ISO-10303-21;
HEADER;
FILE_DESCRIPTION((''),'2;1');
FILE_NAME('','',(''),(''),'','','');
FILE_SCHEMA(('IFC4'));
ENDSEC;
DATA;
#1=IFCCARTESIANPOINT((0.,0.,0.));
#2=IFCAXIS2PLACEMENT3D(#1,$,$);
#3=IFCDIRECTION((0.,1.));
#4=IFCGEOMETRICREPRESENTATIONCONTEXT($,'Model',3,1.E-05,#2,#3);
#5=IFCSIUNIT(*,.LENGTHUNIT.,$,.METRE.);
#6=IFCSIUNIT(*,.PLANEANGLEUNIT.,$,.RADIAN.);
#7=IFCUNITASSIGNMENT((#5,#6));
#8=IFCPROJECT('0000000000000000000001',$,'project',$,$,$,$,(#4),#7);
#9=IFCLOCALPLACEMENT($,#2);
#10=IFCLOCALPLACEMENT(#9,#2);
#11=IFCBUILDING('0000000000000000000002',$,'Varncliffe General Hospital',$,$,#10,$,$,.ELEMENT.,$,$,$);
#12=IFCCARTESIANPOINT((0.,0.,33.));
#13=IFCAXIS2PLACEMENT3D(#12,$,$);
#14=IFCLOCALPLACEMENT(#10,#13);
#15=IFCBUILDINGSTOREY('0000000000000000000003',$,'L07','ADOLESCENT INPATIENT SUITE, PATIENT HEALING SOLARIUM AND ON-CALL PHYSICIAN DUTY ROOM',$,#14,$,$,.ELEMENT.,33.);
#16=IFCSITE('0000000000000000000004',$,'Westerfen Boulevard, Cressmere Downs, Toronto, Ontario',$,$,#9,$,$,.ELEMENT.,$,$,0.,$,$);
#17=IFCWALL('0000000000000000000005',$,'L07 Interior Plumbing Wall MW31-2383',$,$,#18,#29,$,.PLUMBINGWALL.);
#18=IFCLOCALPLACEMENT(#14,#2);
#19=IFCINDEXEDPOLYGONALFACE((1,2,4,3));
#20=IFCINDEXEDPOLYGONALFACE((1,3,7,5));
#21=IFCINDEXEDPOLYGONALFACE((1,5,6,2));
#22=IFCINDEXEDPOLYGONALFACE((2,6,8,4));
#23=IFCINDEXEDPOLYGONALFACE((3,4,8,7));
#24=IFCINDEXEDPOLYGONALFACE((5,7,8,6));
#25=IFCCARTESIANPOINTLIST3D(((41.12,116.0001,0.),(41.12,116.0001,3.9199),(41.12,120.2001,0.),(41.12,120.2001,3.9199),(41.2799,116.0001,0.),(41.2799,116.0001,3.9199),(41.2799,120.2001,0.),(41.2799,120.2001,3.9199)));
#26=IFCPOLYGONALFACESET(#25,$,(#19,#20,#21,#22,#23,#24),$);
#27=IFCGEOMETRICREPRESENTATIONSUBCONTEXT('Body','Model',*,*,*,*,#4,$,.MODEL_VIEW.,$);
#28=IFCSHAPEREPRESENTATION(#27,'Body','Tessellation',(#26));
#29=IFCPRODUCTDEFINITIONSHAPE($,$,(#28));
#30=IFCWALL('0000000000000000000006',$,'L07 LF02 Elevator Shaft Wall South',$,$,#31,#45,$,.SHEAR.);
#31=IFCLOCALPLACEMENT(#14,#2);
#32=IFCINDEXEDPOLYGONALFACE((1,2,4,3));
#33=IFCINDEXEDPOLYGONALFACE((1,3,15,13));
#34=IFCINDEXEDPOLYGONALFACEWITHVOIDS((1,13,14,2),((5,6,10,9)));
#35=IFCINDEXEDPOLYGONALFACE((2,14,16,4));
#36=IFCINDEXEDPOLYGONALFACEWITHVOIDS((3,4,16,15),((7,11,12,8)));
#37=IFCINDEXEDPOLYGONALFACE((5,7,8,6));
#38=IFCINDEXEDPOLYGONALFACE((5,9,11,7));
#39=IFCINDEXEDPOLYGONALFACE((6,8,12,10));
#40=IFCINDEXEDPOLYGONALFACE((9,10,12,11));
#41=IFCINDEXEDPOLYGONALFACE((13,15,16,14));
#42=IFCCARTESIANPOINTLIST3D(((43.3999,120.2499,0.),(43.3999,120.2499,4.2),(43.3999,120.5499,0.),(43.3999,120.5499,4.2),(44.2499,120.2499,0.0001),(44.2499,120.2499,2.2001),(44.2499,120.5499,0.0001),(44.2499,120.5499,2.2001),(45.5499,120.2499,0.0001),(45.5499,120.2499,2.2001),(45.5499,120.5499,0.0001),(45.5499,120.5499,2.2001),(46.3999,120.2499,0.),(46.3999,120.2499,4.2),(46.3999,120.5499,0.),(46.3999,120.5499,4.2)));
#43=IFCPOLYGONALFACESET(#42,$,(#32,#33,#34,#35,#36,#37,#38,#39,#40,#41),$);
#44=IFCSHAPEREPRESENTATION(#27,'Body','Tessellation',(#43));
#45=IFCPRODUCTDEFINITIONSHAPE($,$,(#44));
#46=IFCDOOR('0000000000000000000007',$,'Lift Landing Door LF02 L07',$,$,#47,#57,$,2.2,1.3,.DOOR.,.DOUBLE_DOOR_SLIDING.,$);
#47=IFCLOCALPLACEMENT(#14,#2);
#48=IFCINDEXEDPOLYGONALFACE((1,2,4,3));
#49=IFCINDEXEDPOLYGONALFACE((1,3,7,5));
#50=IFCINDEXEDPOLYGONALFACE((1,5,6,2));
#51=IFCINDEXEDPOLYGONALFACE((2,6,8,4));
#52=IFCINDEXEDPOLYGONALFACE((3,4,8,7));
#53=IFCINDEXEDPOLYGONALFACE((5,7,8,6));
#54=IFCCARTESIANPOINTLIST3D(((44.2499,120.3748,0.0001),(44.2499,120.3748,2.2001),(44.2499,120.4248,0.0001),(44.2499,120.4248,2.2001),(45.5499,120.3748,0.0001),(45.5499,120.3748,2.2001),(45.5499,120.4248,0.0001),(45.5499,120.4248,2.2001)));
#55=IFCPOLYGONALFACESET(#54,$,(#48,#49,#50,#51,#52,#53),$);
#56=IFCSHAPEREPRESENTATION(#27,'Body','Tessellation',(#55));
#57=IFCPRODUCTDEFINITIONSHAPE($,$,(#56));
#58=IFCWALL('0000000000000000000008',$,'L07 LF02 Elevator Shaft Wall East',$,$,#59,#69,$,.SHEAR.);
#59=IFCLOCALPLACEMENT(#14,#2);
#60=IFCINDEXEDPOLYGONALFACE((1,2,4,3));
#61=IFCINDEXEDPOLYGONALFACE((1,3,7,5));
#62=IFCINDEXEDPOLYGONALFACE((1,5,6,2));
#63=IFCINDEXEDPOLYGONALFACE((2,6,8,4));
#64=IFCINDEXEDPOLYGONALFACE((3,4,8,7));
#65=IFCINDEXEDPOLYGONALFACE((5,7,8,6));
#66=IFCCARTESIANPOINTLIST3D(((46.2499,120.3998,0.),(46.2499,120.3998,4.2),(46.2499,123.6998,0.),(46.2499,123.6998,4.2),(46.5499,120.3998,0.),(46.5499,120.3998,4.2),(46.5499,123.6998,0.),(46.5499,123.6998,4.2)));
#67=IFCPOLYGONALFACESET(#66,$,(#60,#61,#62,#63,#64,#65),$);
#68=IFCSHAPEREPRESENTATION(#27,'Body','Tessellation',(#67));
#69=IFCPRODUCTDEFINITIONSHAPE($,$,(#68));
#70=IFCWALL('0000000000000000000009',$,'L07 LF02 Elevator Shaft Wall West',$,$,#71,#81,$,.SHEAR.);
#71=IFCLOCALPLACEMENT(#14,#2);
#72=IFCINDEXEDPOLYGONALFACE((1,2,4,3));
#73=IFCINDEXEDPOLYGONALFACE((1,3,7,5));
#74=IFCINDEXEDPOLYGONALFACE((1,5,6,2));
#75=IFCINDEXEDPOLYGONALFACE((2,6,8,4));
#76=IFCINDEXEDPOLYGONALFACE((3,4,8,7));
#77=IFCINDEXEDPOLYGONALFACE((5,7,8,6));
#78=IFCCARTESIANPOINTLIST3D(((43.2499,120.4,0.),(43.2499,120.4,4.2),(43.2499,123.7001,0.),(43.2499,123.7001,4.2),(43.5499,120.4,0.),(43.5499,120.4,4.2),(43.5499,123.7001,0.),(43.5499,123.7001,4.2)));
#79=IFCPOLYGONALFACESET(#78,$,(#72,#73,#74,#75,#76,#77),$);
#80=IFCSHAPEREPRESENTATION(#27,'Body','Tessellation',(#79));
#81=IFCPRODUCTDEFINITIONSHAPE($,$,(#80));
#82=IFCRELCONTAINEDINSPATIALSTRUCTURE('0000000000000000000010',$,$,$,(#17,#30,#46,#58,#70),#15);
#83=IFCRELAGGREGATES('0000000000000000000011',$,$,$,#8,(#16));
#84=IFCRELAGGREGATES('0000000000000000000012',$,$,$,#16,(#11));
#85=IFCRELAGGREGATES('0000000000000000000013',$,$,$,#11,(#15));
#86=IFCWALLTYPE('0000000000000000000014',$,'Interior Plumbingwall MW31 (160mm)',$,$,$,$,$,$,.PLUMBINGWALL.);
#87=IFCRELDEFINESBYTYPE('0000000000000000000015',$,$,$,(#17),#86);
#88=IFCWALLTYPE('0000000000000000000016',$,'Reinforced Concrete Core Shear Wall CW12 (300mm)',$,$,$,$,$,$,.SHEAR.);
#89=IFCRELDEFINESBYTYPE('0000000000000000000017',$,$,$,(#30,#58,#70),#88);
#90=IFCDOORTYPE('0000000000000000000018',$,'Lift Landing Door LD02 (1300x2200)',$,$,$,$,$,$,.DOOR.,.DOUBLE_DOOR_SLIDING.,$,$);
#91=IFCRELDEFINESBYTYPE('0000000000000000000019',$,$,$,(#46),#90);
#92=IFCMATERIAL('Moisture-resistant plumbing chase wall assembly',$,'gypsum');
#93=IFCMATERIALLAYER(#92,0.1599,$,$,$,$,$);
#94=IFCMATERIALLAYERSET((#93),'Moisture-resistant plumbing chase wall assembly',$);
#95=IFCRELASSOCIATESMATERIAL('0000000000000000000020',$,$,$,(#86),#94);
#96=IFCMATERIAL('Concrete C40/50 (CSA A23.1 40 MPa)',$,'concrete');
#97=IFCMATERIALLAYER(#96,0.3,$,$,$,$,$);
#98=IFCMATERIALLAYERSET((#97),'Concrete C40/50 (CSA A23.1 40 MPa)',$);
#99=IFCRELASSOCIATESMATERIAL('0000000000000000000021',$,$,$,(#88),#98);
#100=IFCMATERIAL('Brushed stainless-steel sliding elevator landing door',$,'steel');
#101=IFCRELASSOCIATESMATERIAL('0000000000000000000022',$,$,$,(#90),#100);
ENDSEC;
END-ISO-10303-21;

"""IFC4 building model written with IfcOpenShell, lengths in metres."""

from ifc_helpers import new_model, si_unit, direction, frame, frame_2d, origin, place, context, subcontext, project, spatial, rectangle, extrude, material, layer, layer_set, type_object, element, fill, save


model = new_model("IFC4")

# Units and contexts
model_context = context("Model", 3, precision=1e-05, world=origin(), true_north=direction((0.0, 1.0)))
body_context = subcontext(model_context, "Body", "Model", "MODEL_VIEW")
ifc_project = project(units=[si_unit("LENGTHUNIT", "METRE"), si_unit("PLANEANGLEUNIT", "RADIAN")], contexts=[model_context])

# Site, building, storey
site_placement = place(None, origin())
site = spatial("IfcSite", under=ifc_project, at=site_placement, Name="Westerfen Boulevard, Cressmere Downs, Toronto, Ontario", CompositionType="ELEMENT", RefElevation=0.0)
building_placement = place(site_placement, origin())
building = spatial("IfcBuilding", under=site, at=building_placement, Name="Varncliffe General Hospital", CompositionType="ELEMENT")
storey_placement = place(building_placement, frame((0.0, 0.0, 33.0)))
storey = spatial("IfcBuildingStorey", under=building, at=storey_placement, Name="L07", Description="ADOLESCENT INPATIENT SUITE, PATIENT HEALING SOLARIUM AND ON-CALL PHYSICIAN DUTY ROOM", CompositionType="ELEMENT", Elevation=33.0)

# Shared definitions
ifc_material_1 = material(Name="Concrete C40/50 (CSA A23.1 40 MPa)", Category="concrete")

# Wall
ifc_material_2 = material(Name="Moisture-resistant plumbing chase wall assembly", Category="gypsum")
ifc_layer_1 = layer(ifc_material_2, 0.1599)
ifc_layer_set_1 = layer_set([ifc_layer_1], Name="Moisture-resistant plumbing chase wall assembly")
wall_type_1 = type_object("IfcWallType", Name="Interior Plumbingwall MW31 (160mm)", PredefinedType="PLUMBINGWALL", material=ifc_layer_set_1)
for number, where, z_axis, x_axis, name in (
    (1, (41.2, 116.0, 0.0), (0.0, 0.0, 1.0), (0.0, 1.0, 0.0), "L07 Interior Plumbing Wall MW31-2383"),
):
    element("IfcWall", number, at=place(storey_placement, frame(where, z_axis=z_axis, x_axis=x_axis)), inside=storey, type_object=wall_type_1, Name=name, PredefinedType="PLUMBINGWALL", context=body_context, shape_type="SweptSolid", body=[
        extrude(rectangle(XDim=4.2, YDim=0.1599, at=frame_2d((2.1001, 0.0))), origin(), (0.0, 0.0, 1.0), 3.9199),
    ])

# Wall, opening, door
ifc_layer_2 = layer(ifc_material_1, 0.3)
ifc_layer_set_2 = layer_set([ifc_layer_2], Name="Concrete C40/50 (CSA A23.1 40 MPa)")
wall_type_2 = type_object("IfcWallType", Name="Reinforced Concrete Core Shear Wall CW12 (300mm)", PredefinedType="SHEAR", material=ifc_layer_set_2)
wall_1_placement = place(storey_placement, frame((43.3999, 120.3999, 0.0), z_axis=(0.0, 0.0, 1.0), x_axis=(1.0, 0.0, 0.0)))
wall_1 = element("IfcWall", 2, at=wall_1_placement, inside=storey, type_object=wall_type_2, Name="L07 LF02 Elevator Shaft Wall South", PredefinedType="SHEAR", context=body_context, shape_type="SweptSolid", body=[
    extrude(rectangle(XDim=3.0, YDim=0.3, at=frame_2d((1.5, 0.0))), origin(), (0.0, 0.0, 1.0), 4.2),
])
opening_1_placement = place(wall_1_placement, frame((0.8501, 0.0, 0.0)))
opening_1 = element("IfcOpeningElement", 3, at=opening_1_placement, cuts=wall_1, PredefinedType="OPENING", context=body_context, shape_type="SweptSolid", body=[
    extrude(rectangle(XDim=1.3, YDim=2.2, at=frame_2d((0.6499, 1.1001))), frame((0.0, 0.1602, 0.0), z_axis=(0.0, -1.0, 0.0), x_axis=(1.0, 0.0, 0.0)), (0.0, 0.0, 1.0), 0.3201),
])
ifc_material_3 = material(Name="Brushed stainless-steel sliding elevator landing door", Category="steel")
door_type_1 = type_object("IfcDoorType", Name="Lift Landing Door LD02 (1300x2200)", OperationType="DOUBLE_DOOR_SLIDING", PredefinedType="DOOR", material=ifc_material_3)
door_1_placement = place(opening_1_placement, origin())
door_1 = element("IfcDoor", 4, at=door_1_placement, inside=storey, type_object=door_type_1, Name="Lift Landing Door LF02 L07", OperationType="DOUBLE_DOOR_SLIDING", OverallHeight=2.2, OverallWidth=1.3, PredefinedType="DOOR", context=body_context, shape_type="SweptSolid", body=[
    extrude(rectangle(XDim=1.3, YDim=2.2, at=frame_2d((0.6499, 1.1001))), frame((0.0, 0.0249, 0.0), z_axis=(0.0, -1.0, 0.0), x_axis=(1.0, 0.0, 0.0)), (0.0, 0.0, 1.0), 0.05),
])
fill(opening_1, door_1)

# Walls
for number, where, z_axis, x_axis, name in (
    (5, (46.3999, 120.3999, 0.0), (0.0, 0.0, 1.0), (0.0, 1.0, 0.0), "L07 LF02 Elevator Shaft Wall East"),
    (6, (43.3999, 123.7, 0.0), (0.0, 0.0, 1.0), (0.0, -1.0, 0.0), "L07 LF02 Elevator Shaft Wall West"),
):
    element("IfcWall", number, at=place(storey_placement, frame(where, z_axis=z_axis, x_axis=x_axis)), inside=storey, type_object=wall_type_2, Name=name, PredefinedType="SHEAR", context=body_context, shape_type="SweptSolid", body=[
        extrude(rectangle(XDim=3.3, YDim=0.3, at=frame_2d((1.6499, 0.0))), origin(), (0.0, 0.0, 1.0), 4.2),
    ])

save(model, "model.ifc")
